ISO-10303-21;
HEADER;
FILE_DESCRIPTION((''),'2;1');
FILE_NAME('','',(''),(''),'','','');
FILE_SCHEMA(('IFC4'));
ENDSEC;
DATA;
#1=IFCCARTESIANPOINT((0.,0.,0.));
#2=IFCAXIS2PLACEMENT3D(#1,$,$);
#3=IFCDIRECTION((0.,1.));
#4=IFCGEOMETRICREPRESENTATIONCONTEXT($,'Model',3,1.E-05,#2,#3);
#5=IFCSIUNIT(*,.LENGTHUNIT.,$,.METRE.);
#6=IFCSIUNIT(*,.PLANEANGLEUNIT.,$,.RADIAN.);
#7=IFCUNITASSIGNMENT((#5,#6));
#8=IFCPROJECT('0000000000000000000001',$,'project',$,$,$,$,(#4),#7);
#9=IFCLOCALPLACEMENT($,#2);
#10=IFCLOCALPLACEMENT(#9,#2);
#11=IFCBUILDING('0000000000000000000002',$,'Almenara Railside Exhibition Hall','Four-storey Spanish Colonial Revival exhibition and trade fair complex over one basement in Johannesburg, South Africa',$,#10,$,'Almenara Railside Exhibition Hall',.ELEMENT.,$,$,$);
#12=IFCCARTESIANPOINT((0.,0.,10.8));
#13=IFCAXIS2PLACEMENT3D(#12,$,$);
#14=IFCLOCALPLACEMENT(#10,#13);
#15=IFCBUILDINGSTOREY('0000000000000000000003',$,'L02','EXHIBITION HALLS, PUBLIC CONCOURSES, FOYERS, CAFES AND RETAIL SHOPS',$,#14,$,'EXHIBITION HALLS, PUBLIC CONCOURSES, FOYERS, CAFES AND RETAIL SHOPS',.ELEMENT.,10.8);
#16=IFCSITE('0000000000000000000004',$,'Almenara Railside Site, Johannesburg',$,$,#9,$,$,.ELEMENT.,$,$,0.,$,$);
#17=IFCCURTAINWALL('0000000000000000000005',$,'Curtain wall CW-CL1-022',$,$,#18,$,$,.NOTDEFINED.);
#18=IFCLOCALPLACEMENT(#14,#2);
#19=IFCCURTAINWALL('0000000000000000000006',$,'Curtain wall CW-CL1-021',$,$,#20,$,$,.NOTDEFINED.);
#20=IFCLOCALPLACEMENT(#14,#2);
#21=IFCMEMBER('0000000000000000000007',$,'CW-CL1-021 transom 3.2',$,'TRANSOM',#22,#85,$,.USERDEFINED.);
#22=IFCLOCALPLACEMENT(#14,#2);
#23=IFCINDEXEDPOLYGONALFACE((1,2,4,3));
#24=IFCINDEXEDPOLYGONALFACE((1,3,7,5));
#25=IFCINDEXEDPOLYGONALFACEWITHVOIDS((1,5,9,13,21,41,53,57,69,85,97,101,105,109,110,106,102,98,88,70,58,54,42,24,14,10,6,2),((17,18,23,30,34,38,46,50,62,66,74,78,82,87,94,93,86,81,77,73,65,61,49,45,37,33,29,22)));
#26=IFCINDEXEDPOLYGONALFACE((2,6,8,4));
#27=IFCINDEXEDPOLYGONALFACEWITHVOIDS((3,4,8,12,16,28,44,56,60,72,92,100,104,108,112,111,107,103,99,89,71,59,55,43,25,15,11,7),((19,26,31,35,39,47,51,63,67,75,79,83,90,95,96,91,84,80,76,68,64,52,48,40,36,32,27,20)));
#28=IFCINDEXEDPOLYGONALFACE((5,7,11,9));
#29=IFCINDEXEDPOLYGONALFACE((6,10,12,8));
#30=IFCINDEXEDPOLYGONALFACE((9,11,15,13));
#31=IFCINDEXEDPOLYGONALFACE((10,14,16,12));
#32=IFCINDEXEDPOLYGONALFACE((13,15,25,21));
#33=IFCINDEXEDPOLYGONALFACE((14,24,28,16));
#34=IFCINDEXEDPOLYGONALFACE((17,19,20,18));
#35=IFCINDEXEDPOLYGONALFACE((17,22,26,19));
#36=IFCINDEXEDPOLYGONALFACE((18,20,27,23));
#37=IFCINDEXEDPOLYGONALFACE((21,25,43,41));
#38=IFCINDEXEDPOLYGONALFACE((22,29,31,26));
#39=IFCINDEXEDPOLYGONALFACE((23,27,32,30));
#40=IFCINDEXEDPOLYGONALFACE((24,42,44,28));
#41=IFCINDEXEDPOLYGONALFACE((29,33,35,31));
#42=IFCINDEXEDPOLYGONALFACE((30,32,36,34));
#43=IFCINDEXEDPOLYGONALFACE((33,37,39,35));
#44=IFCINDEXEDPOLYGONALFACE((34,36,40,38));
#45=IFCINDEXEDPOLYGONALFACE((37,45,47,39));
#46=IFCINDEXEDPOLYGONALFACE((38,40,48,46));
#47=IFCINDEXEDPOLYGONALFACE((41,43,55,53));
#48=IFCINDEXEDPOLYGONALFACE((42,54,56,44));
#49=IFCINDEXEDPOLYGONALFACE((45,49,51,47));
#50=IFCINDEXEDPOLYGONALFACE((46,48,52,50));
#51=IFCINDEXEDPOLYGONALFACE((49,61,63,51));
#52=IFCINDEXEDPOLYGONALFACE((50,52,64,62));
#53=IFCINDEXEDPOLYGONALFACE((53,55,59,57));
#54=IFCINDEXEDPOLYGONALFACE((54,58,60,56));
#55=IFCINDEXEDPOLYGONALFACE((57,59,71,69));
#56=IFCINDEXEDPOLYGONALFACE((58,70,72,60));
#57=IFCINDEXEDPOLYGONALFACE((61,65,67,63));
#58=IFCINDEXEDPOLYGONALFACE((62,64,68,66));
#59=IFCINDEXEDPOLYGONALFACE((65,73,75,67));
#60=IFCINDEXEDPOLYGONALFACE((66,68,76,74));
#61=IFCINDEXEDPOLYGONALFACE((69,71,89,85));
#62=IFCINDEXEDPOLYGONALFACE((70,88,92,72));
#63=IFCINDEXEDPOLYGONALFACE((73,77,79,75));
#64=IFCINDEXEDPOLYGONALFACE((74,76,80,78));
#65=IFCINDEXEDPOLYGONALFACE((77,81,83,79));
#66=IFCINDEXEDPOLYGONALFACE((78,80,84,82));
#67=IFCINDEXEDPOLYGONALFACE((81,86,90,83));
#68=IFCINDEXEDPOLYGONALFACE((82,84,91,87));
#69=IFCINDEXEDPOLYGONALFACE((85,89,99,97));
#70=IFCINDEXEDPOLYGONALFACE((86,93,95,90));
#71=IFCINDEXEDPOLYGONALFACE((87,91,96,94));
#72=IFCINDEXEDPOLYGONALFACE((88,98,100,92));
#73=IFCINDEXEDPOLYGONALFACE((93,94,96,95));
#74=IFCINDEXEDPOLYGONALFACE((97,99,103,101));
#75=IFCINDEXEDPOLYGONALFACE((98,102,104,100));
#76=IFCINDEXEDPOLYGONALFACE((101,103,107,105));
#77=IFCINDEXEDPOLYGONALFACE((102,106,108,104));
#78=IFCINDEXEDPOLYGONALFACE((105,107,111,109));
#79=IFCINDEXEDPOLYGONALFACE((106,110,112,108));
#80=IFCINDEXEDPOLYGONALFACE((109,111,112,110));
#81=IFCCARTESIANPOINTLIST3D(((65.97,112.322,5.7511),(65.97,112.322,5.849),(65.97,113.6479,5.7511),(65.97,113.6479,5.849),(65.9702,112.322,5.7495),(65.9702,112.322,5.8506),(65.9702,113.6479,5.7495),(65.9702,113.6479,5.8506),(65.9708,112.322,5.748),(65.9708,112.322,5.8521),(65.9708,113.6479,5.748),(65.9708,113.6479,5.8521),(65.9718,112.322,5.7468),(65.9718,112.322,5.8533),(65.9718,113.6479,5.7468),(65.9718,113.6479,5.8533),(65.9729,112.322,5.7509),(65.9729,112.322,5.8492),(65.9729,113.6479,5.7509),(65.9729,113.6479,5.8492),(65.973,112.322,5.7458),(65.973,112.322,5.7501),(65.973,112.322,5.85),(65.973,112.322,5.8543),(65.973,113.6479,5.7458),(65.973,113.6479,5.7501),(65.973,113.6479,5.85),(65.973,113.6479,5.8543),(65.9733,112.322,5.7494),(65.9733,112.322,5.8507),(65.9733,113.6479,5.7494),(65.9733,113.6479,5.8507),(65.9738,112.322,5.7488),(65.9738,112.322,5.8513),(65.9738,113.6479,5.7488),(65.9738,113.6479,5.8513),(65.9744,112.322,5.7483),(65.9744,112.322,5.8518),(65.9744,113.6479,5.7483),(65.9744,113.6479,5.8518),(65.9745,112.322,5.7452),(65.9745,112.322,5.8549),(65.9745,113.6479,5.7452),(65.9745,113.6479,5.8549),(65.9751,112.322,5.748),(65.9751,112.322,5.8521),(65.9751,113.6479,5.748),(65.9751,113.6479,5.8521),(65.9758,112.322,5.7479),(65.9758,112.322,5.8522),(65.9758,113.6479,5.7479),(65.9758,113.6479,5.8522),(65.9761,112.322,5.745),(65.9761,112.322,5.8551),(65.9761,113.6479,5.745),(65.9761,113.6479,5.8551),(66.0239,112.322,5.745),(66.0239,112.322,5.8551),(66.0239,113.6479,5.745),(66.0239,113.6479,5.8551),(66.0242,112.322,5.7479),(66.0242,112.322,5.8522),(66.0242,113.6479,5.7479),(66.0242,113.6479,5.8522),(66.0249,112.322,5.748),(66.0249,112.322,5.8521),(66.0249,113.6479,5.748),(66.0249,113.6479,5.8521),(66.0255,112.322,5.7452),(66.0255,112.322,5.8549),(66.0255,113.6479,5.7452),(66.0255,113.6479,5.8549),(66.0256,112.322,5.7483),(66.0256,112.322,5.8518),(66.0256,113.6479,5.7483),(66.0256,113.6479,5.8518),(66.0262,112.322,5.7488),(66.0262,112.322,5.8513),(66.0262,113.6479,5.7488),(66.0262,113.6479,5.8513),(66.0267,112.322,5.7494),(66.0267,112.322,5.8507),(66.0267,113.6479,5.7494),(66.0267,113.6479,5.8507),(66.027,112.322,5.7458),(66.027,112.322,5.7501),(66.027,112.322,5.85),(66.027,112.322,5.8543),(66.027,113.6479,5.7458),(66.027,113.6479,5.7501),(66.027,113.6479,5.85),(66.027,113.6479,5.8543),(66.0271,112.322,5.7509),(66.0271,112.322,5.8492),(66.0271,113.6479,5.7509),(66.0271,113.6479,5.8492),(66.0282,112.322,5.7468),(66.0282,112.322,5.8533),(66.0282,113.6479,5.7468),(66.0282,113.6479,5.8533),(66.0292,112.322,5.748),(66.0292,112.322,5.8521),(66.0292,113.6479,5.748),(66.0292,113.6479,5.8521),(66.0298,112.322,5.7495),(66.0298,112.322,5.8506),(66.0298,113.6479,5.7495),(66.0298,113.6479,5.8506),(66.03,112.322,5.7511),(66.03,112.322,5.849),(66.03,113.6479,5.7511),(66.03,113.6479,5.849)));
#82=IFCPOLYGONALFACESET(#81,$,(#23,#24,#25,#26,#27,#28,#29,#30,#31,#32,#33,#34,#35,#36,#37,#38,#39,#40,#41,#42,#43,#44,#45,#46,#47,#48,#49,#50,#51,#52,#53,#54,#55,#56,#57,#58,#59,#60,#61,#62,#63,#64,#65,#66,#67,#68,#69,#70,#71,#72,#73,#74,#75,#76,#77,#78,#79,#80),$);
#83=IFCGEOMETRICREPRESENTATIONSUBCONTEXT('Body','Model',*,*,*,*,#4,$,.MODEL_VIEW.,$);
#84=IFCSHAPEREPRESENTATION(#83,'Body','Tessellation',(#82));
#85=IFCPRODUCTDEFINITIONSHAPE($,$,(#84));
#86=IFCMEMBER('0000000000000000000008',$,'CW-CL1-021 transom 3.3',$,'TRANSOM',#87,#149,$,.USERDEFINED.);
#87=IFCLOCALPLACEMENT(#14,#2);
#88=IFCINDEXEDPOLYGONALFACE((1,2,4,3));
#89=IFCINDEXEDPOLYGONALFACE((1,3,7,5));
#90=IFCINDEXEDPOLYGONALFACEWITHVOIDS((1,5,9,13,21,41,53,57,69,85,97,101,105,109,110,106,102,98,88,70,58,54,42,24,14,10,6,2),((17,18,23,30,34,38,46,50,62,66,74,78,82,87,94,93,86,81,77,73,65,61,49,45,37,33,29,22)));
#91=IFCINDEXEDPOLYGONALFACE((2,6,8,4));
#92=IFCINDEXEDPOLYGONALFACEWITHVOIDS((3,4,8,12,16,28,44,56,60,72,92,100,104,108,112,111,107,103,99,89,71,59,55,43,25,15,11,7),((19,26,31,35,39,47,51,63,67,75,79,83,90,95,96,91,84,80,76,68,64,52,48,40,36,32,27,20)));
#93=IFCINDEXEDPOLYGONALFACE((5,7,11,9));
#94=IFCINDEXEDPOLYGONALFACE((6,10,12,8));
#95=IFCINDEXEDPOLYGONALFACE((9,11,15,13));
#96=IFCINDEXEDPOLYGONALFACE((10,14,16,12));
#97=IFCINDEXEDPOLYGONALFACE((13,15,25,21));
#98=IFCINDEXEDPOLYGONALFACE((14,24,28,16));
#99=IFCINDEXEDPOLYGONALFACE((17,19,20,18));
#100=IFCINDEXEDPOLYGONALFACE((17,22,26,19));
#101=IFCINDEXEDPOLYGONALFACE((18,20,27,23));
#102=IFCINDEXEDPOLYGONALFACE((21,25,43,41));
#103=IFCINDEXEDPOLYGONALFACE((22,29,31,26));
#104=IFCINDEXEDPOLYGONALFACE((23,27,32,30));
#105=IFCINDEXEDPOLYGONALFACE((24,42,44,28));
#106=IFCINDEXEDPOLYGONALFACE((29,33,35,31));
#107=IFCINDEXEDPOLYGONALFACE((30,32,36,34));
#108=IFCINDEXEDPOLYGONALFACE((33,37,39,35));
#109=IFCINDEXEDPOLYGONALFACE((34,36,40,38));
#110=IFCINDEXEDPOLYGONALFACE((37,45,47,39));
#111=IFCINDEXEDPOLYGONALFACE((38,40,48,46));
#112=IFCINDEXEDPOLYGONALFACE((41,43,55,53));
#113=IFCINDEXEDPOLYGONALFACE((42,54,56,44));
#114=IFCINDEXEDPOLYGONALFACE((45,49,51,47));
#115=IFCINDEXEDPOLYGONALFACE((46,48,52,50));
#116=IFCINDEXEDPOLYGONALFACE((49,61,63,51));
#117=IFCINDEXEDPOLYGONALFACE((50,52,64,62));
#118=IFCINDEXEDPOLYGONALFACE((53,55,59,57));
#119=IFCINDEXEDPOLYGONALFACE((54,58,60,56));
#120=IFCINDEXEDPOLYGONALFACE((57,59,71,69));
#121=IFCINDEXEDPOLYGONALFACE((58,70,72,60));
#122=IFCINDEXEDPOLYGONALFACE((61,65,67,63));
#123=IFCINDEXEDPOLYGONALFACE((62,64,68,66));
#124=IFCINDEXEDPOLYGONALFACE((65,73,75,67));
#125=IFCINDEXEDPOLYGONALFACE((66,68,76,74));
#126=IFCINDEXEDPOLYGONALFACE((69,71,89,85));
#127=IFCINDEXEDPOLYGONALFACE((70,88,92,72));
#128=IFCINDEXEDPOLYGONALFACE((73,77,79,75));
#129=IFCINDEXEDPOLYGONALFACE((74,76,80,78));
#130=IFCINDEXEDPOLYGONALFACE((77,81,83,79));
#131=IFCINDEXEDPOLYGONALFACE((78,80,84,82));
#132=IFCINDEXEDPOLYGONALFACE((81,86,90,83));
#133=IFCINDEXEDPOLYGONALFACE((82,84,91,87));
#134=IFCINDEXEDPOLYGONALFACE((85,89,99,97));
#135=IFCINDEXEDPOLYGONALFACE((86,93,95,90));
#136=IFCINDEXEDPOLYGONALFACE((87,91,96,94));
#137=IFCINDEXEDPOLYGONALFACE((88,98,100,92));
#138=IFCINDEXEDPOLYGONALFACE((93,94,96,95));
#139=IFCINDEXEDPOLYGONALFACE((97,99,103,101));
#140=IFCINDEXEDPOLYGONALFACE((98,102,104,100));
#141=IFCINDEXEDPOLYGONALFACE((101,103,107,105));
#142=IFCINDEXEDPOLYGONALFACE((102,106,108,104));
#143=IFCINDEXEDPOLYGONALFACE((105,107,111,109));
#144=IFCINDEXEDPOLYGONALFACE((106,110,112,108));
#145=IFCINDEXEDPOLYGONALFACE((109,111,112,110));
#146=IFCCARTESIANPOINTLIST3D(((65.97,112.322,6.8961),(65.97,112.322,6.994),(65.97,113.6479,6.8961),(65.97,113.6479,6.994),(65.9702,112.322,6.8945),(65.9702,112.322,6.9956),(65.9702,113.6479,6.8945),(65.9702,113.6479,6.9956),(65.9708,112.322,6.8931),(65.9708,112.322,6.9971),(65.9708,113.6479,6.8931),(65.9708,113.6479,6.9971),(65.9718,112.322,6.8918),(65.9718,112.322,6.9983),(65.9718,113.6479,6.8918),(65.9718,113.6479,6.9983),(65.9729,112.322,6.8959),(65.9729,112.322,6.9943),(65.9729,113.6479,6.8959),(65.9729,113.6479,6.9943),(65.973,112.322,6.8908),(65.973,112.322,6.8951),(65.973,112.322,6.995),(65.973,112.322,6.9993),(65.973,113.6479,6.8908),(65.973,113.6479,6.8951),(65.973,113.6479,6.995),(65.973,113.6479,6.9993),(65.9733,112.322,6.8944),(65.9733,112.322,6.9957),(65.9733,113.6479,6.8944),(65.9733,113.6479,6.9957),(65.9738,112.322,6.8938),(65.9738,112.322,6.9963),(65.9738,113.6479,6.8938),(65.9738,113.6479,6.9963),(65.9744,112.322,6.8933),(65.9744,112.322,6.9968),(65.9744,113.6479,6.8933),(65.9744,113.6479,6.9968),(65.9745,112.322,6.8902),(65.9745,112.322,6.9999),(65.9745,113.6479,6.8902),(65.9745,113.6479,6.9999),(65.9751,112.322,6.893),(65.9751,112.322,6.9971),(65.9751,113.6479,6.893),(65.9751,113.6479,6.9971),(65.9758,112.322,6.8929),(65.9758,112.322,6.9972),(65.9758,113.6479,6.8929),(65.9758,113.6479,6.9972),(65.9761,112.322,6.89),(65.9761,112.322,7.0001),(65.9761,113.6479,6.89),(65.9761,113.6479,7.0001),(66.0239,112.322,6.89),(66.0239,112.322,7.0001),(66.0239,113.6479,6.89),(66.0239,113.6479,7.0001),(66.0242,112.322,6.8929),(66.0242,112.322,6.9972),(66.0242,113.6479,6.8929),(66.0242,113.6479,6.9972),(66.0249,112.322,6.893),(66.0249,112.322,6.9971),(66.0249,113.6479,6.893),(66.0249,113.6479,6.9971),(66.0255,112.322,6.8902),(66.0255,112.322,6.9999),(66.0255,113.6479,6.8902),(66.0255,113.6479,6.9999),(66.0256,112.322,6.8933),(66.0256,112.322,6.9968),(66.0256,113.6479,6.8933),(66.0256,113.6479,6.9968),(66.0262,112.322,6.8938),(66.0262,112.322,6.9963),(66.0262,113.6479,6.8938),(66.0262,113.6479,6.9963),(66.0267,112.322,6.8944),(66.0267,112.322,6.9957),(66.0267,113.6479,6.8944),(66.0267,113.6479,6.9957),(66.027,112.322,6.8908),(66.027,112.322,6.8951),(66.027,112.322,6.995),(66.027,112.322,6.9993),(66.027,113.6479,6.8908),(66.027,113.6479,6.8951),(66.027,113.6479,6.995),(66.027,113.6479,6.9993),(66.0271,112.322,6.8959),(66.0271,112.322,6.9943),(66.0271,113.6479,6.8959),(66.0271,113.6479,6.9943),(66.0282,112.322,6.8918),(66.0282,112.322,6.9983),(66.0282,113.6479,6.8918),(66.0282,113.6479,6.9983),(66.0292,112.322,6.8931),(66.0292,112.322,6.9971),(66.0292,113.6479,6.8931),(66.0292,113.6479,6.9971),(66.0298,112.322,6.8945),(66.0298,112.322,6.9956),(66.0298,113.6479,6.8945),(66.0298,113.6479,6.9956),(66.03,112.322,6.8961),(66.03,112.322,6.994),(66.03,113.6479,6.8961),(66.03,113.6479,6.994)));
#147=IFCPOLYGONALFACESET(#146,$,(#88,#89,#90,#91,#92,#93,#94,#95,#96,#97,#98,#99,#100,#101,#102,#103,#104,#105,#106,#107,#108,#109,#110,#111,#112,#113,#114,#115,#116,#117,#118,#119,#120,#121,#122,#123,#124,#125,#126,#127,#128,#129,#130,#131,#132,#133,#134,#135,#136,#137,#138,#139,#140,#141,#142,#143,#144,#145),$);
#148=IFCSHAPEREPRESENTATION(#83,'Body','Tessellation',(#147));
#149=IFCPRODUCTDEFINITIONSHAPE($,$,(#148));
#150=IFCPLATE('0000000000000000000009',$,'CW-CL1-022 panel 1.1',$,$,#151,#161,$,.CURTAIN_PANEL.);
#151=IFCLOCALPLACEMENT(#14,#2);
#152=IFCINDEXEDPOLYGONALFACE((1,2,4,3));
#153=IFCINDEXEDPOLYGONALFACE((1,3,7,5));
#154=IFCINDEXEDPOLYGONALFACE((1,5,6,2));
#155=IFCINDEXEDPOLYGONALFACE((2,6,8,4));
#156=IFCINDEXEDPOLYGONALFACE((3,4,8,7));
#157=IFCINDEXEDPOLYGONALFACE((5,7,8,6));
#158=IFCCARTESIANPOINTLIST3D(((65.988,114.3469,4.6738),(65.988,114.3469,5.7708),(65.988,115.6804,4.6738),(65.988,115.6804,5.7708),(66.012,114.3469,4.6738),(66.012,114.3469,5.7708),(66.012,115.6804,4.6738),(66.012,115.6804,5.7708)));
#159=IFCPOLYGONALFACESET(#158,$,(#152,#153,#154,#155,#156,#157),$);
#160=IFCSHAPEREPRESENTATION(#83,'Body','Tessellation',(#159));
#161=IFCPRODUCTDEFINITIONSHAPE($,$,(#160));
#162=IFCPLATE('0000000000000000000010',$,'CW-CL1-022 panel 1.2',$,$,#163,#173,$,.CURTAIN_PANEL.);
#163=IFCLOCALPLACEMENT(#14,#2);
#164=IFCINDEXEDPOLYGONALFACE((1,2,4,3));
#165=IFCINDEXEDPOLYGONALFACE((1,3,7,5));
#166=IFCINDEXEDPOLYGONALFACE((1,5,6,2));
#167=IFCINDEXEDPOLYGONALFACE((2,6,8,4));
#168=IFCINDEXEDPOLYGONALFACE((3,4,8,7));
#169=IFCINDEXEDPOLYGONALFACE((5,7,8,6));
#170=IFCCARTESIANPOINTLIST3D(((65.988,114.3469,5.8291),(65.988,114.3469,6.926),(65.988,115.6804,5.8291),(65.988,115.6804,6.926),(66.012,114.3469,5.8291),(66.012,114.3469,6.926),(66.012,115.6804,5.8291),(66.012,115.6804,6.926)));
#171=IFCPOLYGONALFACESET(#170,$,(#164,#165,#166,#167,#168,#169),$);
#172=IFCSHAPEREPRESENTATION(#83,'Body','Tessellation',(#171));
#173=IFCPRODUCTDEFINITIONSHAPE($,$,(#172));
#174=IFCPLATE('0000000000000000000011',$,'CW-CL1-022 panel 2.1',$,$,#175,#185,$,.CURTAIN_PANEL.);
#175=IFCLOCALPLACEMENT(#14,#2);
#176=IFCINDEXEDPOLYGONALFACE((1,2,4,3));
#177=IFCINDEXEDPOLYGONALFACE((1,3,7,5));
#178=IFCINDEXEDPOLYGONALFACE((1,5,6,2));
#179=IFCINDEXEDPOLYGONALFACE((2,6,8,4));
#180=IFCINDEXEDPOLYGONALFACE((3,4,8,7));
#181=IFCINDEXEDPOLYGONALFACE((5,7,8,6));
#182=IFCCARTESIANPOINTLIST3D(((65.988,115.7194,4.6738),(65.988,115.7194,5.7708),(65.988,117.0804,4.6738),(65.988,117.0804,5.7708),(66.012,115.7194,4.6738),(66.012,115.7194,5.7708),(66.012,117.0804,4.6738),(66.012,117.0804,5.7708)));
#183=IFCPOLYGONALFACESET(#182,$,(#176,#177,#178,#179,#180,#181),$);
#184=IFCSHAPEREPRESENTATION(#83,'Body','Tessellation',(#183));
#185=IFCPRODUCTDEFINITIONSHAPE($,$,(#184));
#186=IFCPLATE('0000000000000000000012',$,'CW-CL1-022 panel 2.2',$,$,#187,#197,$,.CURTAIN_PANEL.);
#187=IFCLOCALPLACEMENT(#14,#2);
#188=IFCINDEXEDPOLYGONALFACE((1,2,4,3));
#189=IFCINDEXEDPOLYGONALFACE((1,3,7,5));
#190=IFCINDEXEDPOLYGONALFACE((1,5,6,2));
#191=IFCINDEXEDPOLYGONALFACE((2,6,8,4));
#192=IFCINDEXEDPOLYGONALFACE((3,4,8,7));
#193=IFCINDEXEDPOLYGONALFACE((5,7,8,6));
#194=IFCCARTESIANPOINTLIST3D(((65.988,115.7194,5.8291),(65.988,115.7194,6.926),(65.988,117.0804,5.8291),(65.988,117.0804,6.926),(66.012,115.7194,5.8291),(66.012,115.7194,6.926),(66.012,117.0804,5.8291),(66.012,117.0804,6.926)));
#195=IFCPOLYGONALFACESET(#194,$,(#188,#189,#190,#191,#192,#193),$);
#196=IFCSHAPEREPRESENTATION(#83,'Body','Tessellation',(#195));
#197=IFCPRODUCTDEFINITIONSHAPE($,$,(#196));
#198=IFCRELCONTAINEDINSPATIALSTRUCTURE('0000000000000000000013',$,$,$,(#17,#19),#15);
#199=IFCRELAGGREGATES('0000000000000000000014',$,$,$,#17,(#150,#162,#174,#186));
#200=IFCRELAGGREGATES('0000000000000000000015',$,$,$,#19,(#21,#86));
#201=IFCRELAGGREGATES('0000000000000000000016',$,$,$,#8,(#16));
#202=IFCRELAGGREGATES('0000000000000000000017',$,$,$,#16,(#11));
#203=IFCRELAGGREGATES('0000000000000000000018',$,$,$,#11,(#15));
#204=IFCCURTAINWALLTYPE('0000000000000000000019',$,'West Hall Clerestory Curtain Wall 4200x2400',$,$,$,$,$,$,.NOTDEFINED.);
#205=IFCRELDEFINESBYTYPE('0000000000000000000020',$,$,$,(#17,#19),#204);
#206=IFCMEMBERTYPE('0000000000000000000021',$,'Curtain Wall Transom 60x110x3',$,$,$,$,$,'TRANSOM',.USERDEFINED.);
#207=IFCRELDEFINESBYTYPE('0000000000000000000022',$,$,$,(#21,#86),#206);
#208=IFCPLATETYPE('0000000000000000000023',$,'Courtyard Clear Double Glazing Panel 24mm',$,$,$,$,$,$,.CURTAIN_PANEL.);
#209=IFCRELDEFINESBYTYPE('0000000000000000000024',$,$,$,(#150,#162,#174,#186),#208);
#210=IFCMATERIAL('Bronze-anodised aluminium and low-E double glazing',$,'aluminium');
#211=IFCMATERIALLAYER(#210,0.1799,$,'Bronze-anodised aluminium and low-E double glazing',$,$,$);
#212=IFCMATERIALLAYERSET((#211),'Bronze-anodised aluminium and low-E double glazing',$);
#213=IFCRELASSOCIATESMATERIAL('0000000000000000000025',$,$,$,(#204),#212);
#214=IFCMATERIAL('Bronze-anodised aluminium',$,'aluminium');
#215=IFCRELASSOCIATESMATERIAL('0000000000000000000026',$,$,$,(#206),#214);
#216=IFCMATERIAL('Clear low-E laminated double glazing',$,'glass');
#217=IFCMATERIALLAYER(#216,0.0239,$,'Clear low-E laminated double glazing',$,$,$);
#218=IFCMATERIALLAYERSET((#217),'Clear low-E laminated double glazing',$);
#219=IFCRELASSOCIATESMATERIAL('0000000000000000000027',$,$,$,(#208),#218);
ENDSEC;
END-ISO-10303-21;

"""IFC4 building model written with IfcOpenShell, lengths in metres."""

from ifc_helpers import new_model, si_unit, direction, frame, origin, origin_2d, place, context, subcontext, project, spatial, rectangle, hollow_rectangle, extrude, material, layer, layer_set, material_profile, profile_set, type_object, element, aggregate, save


model = new_model("IFC4")

# Units and contexts
model_context = context("Model", 3, precision=1e-05, world=origin(), true_north=direction((0.0, 1.0)))
body_context = subcontext(model_context, "Body", "Model", "MODEL_VIEW")
ifc_project = project(units=[si_unit("LENGTHUNIT", "METRE"), si_unit("PLANEANGLEUNIT", "RADIAN")], contexts=[model_context])

# Site, building, storey
site_placement = place(None, origin())
site = spatial("IfcSite", under=ifc_project, at=site_placement, Name="Almenara Railside Site, Johannesburg", CompositionType="ELEMENT", RefElevation=0.0)
building_placement = place(site_placement, origin())
building = spatial("IfcBuilding", under=site, at=building_placement, Name="Almenara Railside Exhibition Hall", Description="Four-storey Spanish Colonial Revival exhibition and trade fair complex over one basement in Johannesburg, South Africa", LongName="Almenara Railside Exhibition Hall", CompositionType="ELEMENT")
storey_placement = place(building_placement, frame((0.0, 0.0, 10.8)))
storey = spatial("IfcBuildingStorey", under=building, at=storey_placement, Name="L02", Description="EXHIBITION HALLS, PUBLIC CONCOURSES, FOYERS, CAFES AND RETAIL SHOPS", LongName="EXHIBITION HALLS, PUBLIC CONCOURSES, FOYERS, CAFES AND RETAIL SHOPS", CompositionType="ELEMENT", Elevation=10.8)

# Curtain walls
ifc_material_1 = material(Name="Bronze-anodised aluminium and low-E double glazing", Category="aluminium")
ifc_layer_1 = layer(ifc_material_1, 0.1799, Name="Bronze-anodised aluminium and low-E double glazing")
ifc_layer_set_1 = layer_set([ifc_layer_1], Name="Bronze-anodised aluminium and low-E double glazing")
curtain_wall_type = type_object("IfcCurtainWallType", Name="West Hall Clerestory Curtain Wall 4200x2400", PredefinedType="NOTDEFINED", material=ifc_layer_set_1)
curtain_wall_1_placement = place(storey_placement, origin())
curtain_wall_1 = element("IfcCurtainWall", 1, at=curtain_wall_1_placement, inside=storey, type_object=curtain_wall_type, Name="Curtain wall CW-CL1-022", PredefinedType="NOTDEFINED")
ifc_material_2 = material(Name="Bronze-anodised aluminium", Category="aluminium")
curtain_wall_2_placement = place(storey_placement, origin())
curtain_wall_2 = element("IfcCurtainWall", 2, at=curtain_wall_2_placement, inside=storey, type_object=curtain_wall_type, Name="Curtain wall CW-CL1-021", PredefinedType="NOTDEFINED")

# Members
ifc_material_profile_1 = material_profile(ifc_material_2, hollow_rectangle(XDim=0.0601, YDim=0.1101, WallThickness=0.0029, InnerFilletRadius=0.0029, OuterFilletRadius=0.0061, at=origin_2d()), Name="ALU-TRN 60x110x3")
ifc_profile_set_1 = profile_set([ifc_material_profile_1], Name="Bronze-anodised aluminium")
member_type_1 = type_object("IfcMemberType", Name="Curtain Wall Transom 60x110x3", ElementType="TRANSOM", PredefinedType="USERDEFINED", material=ifc_profile_set_1)
member_1_placement = place(storey_placement, frame((66.0, 112.322, 5.8), z_axis=(0.0, 1.0, 0.0), x_axis=(-1.0, 0.0, 0.0)))
member_1 = element("IfcMember", 3, at=member_1_placement, type_object=member_type_1, Name="CW-CL1-021 transom 3.2", ObjectType="TRANSOM", PredefinedType="USERDEFINED", context=body_context, shape_type="SweptSolid", body=[
    extrude(hollow_rectangle(XDim=0.0601, YDim=0.1101, WallThickness=0.0029, InnerFilletRadius=0.0029, OuterFilletRadius=0.0061, at=origin_2d()), origin(), (0.0, 0.0, 1.0), 1.3259),
])
member_2_placement = place(storey_placement, frame((66.0, 112.322, 6.9451), z_axis=(0.0, 1.0, 0.0), x_axis=(-1.0, 0.0, 0.0)))
member_2 = element("IfcMember", 4, at=member_2_placement, type_object=member_type_1, Name="CW-CL1-021 transom 3.3", ObjectType="TRANSOM", PredefinedType="USERDEFINED", context=body_context, shape_type="SweptSolid", body=[
    extrude(hollow_rectangle(XDim=0.0601, YDim=0.1101, WallThickness=0.0029, InnerFilletRadius=0.0029, OuterFilletRadius=0.0061, at=origin_2d()), origin(), (0.0, 0.0, 1.0), 1.3259),
])

# Plates
ifc_material_3 = material(Name="Clear low-E laminated double glazing", Category="glass")
ifc_layer_2 = layer(ifc_material_3, 0.0239, Name="Clear low-E laminated double glazing")
ifc_layer_set_2 = layer_set([ifc_layer_2], Name="Clear low-E laminated double glazing")
plate_type_1 = type_object("IfcPlateType", Name="Courtyard Clear Double Glazing Panel 24mm", PredefinedType="CURTAIN_PANEL", material=ifc_layer_set_2)
plate_1_placement = place(storey_placement, frame((66.0, 115.0137, 4.6738), z_axis=(0.0, 0.0, 1.0), x_axis=(0.0, 1.0, 0.0)))
plate_1 = element("IfcPlate", 5, at=plate_1_placement, type_object=plate_type_1, Name="CW-CL1-022 panel 1.1", PredefinedType="CURTAIN_PANEL", context=body_context, shape_type="SweptSolid", body=[
    extrude(rectangle(XDim=1.3335, YDim=0.0239, at=origin_2d()), origin(), (0.0, 0.0, 1.0), 1.0969),
])
plate_2_placement = place(storey_placement, frame((66.0, 115.0137, 5.8291), z_axis=(0.0, 0.0, 1.0), x_axis=(0.0, 1.0, 0.0)))
plate_2 = element("IfcPlate", 6, at=plate_2_placement, type_object=plate_type_1, Name="CW-CL1-022 panel 1.2", PredefinedType="CURTAIN_PANEL", context=body_context, shape_type="SweptSolid", body=[
    extrude(rectangle(XDim=1.3335, YDim=0.0239, at=origin_2d()), origin(), (0.0, 0.0, 1.0), 1.0969),
])
plate_3_placement = place(storey_placement, frame((66.0, 116.3999, 4.6738), z_axis=(0.0, 0.0, 1.0), x_axis=(0.0, 1.0, 0.0)))
plate_3 = element("IfcPlate", 7, at=plate_3_placement, type_object=plate_type_1, Name="CW-CL1-022 panel 2.1", PredefinedType="CURTAIN_PANEL", context=body_context, shape_type="SweptSolid", body=[
    extrude(rectangle(XDim=1.3611, YDim=0.0239, at=origin_2d()), origin(), (0.0, 0.0, 1.0), 1.0969),
])
plate_4_placement = place(storey_placement, frame((66.0, 116.3999, 5.8291), z_axis=(0.0, 0.0, 1.0), x_axis=(0.0, 1.0, 0.0)))
plate_4 = element("IfcPlate", 8, at=plate_4_placement, type_object=plate_type_1, Name="CW-CL1-022 panel 2.2", PredefinedType="CURTAIN_PANEL", context=body_context, shape_type="SweptSolid", body=[
    extrude(rectangle(XDim=1.3611, YDim=0.0239, at=origin_2d()), origin(), (0.0, 0.0, 1.0), 1.0969),
])
aggregate(curtain_wall_1, [plate_1, plate_2, plate_3, plate_4])
aggregate(curtain_wall_2, [member_1, member_2])

save(model, "model.ifc")
